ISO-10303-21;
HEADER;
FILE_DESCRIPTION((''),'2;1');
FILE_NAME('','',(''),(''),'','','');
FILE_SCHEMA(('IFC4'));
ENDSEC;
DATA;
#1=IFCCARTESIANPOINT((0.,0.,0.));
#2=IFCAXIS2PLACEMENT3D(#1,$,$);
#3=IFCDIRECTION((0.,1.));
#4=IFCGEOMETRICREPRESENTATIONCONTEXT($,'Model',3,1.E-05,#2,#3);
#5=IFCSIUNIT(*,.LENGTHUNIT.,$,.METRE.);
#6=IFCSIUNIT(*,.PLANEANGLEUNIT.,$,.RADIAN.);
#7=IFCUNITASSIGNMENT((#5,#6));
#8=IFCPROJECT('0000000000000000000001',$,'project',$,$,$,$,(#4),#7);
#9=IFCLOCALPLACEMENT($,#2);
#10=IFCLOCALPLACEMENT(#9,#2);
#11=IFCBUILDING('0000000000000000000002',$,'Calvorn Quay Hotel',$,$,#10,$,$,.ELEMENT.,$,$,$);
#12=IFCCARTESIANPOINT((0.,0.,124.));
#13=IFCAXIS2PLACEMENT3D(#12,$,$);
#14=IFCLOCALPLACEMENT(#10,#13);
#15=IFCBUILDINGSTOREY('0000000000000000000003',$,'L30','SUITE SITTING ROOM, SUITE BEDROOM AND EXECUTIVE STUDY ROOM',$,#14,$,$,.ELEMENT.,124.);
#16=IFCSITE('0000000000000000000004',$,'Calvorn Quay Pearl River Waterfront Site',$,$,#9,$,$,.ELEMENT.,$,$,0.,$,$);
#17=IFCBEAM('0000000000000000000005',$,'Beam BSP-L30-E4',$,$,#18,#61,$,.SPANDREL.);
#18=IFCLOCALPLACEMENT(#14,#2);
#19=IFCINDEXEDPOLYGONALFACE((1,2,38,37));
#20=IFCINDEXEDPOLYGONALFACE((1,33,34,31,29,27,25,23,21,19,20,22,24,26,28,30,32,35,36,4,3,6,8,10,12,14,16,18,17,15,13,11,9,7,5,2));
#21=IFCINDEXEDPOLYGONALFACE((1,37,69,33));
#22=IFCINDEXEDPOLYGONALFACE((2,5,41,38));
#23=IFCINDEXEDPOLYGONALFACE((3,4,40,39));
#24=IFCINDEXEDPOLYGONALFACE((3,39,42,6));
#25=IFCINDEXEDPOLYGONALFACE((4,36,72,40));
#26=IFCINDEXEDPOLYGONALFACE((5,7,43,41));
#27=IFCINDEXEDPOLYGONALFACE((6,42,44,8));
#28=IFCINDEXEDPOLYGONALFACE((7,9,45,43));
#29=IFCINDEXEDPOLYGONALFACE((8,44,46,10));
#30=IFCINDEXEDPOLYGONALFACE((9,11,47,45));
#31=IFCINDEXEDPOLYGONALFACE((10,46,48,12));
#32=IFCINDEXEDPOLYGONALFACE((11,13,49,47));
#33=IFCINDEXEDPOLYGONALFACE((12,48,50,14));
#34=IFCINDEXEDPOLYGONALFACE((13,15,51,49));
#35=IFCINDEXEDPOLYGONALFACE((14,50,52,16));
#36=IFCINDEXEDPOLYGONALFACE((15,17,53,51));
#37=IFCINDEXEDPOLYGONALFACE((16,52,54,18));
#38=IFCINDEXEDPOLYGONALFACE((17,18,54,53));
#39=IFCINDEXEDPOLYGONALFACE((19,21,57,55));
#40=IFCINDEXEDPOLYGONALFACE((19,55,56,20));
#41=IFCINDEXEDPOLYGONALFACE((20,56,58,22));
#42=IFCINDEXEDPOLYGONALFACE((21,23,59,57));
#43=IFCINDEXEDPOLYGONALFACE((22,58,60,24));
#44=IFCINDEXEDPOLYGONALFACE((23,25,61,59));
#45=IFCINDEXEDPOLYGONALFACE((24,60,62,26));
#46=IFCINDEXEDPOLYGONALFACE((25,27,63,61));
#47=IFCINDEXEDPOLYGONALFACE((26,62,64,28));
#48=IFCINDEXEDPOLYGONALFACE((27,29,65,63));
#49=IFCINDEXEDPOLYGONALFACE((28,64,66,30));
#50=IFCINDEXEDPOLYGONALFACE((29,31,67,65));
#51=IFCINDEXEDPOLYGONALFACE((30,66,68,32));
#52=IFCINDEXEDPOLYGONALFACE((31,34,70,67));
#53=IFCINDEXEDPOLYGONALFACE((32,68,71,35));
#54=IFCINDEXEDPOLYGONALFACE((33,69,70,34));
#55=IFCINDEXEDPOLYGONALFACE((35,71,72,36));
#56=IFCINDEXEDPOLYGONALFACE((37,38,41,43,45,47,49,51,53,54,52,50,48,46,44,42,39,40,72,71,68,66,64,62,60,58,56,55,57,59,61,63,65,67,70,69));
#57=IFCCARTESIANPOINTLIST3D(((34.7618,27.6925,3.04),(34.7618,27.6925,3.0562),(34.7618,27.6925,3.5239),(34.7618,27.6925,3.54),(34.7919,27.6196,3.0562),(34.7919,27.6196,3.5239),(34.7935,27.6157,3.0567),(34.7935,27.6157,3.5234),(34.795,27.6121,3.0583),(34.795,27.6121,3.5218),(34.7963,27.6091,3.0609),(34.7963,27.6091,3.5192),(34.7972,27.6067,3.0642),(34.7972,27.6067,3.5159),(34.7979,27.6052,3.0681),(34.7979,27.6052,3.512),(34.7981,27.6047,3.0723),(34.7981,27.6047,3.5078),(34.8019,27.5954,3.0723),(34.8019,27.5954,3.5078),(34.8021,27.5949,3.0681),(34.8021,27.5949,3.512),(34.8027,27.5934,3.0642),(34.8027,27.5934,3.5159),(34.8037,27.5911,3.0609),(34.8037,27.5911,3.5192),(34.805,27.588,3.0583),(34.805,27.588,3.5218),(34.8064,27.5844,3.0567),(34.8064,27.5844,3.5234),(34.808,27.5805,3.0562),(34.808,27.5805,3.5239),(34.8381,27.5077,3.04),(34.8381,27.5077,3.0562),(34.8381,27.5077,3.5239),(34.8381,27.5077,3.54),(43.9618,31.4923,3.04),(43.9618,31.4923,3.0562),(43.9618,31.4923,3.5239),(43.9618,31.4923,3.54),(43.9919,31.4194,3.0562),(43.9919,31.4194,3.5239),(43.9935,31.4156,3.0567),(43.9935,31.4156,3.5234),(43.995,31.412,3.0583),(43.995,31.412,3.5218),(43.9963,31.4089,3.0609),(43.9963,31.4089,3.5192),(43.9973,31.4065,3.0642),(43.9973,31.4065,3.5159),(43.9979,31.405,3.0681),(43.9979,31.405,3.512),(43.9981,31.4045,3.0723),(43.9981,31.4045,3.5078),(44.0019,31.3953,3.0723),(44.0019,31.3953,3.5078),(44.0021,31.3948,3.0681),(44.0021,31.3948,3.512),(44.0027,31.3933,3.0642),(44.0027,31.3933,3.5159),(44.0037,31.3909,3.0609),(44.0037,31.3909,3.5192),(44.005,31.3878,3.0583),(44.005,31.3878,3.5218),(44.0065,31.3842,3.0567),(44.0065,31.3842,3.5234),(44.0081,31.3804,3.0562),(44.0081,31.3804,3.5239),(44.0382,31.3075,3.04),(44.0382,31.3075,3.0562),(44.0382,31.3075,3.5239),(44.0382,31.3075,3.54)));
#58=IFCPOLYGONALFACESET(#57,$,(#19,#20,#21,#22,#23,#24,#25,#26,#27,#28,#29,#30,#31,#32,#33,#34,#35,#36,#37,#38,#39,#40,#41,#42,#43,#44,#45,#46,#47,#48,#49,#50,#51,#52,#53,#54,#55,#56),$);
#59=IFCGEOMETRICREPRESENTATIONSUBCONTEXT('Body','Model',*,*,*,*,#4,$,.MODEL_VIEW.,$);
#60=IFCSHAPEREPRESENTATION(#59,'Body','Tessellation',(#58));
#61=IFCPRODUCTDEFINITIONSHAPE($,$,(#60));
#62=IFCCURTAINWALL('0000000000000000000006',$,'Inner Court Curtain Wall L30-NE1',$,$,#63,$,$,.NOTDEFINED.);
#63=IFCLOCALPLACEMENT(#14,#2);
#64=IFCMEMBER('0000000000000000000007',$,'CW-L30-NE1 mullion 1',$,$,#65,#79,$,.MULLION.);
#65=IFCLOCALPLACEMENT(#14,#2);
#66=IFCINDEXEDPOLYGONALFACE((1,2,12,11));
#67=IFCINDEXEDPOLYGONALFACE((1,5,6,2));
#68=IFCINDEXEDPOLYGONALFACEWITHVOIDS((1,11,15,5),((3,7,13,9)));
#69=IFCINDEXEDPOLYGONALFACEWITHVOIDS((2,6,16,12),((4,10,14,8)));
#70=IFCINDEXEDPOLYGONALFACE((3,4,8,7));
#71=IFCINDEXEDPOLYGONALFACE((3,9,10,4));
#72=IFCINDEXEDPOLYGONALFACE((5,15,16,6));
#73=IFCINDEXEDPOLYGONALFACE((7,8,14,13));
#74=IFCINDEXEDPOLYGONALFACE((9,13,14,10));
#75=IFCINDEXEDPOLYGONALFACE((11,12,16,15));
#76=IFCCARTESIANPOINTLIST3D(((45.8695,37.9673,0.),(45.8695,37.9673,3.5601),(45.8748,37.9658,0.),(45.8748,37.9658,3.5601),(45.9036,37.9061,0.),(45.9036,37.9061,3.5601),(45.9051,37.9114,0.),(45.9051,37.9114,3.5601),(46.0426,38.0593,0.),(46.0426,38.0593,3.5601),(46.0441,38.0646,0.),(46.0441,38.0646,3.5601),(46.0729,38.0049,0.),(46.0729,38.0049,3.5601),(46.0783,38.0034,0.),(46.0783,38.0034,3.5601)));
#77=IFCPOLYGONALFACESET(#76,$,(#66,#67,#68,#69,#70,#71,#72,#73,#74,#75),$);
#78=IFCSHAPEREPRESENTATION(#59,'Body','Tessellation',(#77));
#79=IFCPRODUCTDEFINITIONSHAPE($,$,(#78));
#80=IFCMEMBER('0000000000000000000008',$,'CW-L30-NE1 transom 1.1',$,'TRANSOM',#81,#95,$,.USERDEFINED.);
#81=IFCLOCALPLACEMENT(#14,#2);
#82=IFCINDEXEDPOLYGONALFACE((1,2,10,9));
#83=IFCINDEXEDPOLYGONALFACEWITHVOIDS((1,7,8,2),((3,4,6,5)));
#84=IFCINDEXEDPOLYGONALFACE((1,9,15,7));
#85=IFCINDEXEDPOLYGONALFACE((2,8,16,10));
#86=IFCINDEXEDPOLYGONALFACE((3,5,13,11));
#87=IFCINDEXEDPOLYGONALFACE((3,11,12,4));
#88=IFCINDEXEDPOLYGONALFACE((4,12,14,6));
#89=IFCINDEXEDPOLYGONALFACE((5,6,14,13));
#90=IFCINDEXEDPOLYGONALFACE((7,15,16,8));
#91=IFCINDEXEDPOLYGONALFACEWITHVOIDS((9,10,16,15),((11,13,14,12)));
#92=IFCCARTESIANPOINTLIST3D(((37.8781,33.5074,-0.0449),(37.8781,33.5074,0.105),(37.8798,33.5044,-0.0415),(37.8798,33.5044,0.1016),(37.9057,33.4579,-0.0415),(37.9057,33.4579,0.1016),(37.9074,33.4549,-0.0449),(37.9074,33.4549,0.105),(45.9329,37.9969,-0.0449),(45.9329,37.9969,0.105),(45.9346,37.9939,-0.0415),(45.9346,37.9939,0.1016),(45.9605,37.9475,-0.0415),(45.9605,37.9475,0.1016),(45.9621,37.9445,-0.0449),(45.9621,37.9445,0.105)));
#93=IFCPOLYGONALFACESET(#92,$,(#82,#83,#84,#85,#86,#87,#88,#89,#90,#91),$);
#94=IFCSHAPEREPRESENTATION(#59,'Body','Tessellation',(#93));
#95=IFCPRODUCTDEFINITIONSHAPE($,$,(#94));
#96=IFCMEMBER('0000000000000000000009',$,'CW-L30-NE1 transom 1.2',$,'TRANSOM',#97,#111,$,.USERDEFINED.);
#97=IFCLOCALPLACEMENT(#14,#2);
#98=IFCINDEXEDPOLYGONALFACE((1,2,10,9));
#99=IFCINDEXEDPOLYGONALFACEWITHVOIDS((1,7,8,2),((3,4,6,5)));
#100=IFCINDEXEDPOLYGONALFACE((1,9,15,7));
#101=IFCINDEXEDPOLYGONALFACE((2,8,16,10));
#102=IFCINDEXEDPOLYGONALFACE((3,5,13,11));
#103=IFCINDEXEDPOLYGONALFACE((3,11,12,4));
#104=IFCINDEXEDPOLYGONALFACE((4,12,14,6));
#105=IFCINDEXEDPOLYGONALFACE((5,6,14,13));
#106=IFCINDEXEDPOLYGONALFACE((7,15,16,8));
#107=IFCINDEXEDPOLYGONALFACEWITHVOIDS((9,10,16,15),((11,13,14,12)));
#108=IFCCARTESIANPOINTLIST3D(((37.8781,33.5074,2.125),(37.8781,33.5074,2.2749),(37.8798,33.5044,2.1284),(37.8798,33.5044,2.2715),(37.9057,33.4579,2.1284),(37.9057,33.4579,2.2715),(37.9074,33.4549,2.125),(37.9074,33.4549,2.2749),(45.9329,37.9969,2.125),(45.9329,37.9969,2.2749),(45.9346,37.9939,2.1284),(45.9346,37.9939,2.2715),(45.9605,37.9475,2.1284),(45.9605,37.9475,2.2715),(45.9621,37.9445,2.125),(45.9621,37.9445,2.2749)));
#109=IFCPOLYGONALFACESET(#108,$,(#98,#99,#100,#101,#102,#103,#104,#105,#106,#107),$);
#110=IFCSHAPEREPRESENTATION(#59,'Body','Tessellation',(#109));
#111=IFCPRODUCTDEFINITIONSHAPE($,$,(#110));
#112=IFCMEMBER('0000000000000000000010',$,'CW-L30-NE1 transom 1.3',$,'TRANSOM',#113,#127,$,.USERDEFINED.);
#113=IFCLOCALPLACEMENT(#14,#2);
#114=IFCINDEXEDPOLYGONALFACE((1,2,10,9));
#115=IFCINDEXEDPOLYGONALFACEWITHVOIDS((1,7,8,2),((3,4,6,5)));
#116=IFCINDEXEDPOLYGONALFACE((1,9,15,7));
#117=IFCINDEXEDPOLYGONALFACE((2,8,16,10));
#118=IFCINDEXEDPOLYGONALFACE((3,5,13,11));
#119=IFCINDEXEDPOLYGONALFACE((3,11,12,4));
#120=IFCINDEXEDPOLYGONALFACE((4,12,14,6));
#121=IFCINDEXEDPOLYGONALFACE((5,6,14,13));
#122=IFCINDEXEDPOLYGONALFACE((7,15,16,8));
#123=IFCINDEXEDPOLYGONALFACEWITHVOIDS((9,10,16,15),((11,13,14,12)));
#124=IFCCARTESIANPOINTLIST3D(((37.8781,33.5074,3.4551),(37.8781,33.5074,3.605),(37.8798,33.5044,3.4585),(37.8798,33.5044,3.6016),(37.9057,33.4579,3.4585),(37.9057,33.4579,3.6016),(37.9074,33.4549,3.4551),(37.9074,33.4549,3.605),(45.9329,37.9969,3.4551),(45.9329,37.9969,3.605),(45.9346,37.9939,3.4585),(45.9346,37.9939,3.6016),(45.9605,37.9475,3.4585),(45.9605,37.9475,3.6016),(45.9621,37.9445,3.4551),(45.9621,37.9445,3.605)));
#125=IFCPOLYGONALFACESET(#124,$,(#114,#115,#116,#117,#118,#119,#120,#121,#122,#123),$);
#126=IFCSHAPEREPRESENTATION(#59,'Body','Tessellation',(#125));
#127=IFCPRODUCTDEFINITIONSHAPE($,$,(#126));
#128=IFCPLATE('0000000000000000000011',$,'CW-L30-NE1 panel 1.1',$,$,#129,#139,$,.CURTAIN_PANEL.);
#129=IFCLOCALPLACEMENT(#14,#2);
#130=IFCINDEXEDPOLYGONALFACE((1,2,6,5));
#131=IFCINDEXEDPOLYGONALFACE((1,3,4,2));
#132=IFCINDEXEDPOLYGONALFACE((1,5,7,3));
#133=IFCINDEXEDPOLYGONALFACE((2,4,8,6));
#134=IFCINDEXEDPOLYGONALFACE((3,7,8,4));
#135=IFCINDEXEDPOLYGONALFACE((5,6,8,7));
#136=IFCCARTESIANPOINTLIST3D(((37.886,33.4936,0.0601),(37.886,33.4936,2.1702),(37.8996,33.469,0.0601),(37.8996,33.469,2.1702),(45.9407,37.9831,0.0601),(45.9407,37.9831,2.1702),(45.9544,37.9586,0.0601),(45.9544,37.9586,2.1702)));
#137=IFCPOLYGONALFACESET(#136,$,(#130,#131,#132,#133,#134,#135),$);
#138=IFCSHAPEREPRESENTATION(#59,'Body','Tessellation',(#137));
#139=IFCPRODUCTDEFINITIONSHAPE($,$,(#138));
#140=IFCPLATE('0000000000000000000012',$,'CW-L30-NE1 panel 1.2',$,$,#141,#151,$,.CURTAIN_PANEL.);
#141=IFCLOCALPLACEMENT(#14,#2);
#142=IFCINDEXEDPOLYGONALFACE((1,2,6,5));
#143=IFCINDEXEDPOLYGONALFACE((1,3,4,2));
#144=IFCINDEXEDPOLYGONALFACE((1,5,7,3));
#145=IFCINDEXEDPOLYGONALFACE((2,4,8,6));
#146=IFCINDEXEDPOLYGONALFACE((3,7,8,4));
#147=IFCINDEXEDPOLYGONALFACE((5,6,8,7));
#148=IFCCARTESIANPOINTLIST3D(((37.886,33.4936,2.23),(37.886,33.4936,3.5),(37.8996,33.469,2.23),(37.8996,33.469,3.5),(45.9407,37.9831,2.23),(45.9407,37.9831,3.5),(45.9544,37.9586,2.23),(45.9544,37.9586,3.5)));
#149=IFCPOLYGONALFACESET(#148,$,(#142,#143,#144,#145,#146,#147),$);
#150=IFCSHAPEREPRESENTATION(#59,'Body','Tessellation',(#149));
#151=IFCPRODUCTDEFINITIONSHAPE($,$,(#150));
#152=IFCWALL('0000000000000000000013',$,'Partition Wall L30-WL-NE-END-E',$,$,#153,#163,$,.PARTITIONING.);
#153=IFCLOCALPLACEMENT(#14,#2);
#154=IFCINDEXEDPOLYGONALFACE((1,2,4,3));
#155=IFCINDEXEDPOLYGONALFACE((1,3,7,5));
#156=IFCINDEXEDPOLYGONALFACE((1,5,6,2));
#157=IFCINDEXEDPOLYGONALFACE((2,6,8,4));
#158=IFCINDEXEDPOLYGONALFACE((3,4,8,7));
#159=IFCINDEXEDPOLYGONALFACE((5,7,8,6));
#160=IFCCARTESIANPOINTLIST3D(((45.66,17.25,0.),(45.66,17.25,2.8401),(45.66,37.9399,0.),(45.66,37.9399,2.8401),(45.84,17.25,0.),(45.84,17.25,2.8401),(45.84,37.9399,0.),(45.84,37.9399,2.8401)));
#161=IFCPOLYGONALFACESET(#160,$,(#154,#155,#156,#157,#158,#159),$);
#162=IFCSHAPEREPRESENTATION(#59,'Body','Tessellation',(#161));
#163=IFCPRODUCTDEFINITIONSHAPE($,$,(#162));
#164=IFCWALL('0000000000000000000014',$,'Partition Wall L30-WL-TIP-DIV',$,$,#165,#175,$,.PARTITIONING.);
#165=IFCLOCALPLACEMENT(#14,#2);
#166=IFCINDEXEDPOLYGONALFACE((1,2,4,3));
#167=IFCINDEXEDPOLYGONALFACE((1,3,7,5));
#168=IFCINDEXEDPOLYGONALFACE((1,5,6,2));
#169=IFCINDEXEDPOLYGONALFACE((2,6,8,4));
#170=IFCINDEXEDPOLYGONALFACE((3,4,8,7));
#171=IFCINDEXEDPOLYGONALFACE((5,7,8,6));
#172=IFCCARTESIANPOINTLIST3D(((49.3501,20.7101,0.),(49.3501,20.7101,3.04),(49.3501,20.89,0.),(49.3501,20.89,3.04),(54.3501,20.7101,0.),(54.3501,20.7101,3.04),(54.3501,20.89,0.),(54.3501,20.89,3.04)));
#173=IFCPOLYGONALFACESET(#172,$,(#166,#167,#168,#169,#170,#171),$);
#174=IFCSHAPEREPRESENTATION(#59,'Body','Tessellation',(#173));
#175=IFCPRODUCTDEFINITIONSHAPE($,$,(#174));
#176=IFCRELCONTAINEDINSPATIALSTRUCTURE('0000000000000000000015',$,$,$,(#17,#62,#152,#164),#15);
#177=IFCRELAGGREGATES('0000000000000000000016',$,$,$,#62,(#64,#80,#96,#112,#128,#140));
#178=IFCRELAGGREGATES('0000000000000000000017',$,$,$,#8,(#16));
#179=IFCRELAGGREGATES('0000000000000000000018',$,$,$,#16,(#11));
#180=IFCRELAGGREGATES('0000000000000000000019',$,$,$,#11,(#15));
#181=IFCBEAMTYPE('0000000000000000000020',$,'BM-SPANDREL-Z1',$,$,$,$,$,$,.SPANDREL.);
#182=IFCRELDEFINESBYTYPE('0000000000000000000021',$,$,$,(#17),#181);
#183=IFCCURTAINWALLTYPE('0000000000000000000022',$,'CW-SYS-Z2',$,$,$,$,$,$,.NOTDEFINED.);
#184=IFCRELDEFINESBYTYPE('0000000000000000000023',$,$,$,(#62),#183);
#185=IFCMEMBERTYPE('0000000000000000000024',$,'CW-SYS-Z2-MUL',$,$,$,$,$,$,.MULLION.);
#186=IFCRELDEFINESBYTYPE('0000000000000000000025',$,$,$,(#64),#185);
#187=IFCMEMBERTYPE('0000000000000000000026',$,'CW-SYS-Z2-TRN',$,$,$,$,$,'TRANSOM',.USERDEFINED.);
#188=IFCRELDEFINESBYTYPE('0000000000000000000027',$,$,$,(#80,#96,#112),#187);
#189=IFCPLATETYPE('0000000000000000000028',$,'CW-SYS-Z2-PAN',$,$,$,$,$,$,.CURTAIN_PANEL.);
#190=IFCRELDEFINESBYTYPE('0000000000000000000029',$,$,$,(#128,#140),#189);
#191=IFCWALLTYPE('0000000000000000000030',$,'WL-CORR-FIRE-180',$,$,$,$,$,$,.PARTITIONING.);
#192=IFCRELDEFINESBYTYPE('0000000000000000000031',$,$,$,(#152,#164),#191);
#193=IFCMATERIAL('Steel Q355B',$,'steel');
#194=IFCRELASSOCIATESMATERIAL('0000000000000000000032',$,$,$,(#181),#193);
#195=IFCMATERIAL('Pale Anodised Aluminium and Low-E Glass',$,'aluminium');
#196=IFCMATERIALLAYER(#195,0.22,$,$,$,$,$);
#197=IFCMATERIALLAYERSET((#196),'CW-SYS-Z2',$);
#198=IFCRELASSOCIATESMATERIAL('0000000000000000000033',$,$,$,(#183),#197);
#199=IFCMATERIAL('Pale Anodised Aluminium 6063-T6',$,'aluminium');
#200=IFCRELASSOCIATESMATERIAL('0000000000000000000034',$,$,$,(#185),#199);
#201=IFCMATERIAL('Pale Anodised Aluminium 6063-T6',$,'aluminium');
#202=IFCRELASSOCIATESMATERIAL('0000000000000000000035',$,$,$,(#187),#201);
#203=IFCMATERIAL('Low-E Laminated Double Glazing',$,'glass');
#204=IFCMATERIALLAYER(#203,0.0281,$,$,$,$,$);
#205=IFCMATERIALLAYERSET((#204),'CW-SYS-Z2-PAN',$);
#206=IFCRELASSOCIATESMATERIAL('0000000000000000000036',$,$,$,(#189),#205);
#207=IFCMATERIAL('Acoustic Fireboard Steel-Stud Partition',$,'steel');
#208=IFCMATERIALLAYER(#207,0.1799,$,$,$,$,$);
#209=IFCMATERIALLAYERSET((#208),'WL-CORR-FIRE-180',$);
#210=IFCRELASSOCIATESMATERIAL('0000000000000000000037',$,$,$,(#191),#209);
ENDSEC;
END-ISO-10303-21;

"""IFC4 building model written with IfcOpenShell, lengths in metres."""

from ifc_helpers import new_model, si_unit, direction, frame, frame_2d, origin, origin_2d, place, context, subcontext, project, spatial, rectangle, hollow_rectangle, i_section, extrude, material, layer, layer_set, material_profile, profile_set, type_object, element, aggregate, save


model = new_model("IFC4")

# Units and contexts
model_context = context("Model", 3, precision=1e-05, world=origin(), true_north=direction((0.0, 1.0)))
body_context = subcontext(model_context, "Body", "Model", "MODEL_VIEW")
ifc_project = project(units=[si_unit("LENGTHUNIT", "METRE"), si_unit("PLANEANGLEUNIT", "RADIAN")], contexts=[model_context])

# Site, building, storey
site_placement = place(None, origin())
site = spatial("IfcSite", under=ifc_project, at=site_placement, Name="Calvorn Quay Pearl River Waterfront Site", CompositionType="ELEMENT", RefElevation=0.0)
building_placement = place(site_placement, origin())
building = spatial("IfcBuilding", under=site, at=building_placement, Name="Calvorn Quay Hotel", CompositionType="ELEMENT")
storey_placement = place(building_placement, frame((0.0, 0.0, 124.0)))
storey = spatial("IfcBuildingStorey", under=building, at=storey_placement, Name="L30", Description="SUITE SITTING ROOM, SUITE BEDROOM AND EXECUTIVE STUDY ROOM", CompositionType="ELEMENT", Elevation=124.0)

# Beam
ifc_material_1 = material(Name="Steel Q355B", Category="steel")
ifc_material_profile_1 = material_profile(ifc_material_1, i_section(OverallWidth=0.2, OverallDepth=0.5, WebThickness=0.01, FlangeThickness=0.0161, FilletRadius=0.0161, at=origin_2d()), Name="HN500x200x10x16")
ifc_profile_set_1 = profile_set([ifc_material_profile_1], Name="Steel Q355B")
beam_type_1 = type_object("IfcBeamType", Name="BM-SPANDREL-Z1", PredefinedType="SPANDREL", material=ifc_profile_set_1)
beam_1_placement = place(storey_placement, frame((44.0, 31.3999, 3.29), z_axis=(-0.924268, -0.381745, 0.0), x_axis=(0.381745, -0.924268, 0.0)))
element("IfcBeam", 1, at=beam_1_placement, inside=storey, type_object=beam_type_1, Name="Beam BSP-L30-E4", PredefinedType="SPANDREL", context=body_context, shape_type="SweptSolid", body=[
    extrude(i_section(OverallWidth=0.2, OverallDepth=0.5, WebThickness=0.01, FlangeThickness=0.0161, FilletRadius=0.0161, at=origin_2d()), origin(), (0.0, 0.0, 1.0), 9.9539),
])

# Curtain wall, members, plates
ifc_material_2 = material(Name="Pale Anodised Aluminium and Low-E Glass", Category="aluminium")
ifc_layer_1 = layer(ifc_material_2, 0.22)
ifc_layer_set_1 = layer_set([ifc_layer_1], Name="CW-SYS-Z2")
curtain_wall_type = type_object("IfcCurtainWallType", Name="CW-SYS-Z2", PredefinedType="NOTDEFINED", material=ifc_layer_set_1)
curtain_wall_placement = place(storey_placement, origin())
curtain_wall = element("IfcCurtainWall", 2, at=curtain_wall_placement, inside=storey, type_object=curtain_wall_type, Name="Inner Court Curtain Wall L30-NE1", PredefinedType="NOTDEFINED")
ifc_material_3 = material(Name="Pale Anodised Aluminium 6063-T6", Category="aluminium")
ifc_material_profile_2 = material_profile(ifc_material_3, hollow_rectangle(XDim=0.0701, YDim=0.2, WallThickness=0.0039, at=origin_2d()), Name="ALU-M200x70x4")
ifc_profile_set_2 = profile_set([ifc_material_profile_2], Name="Pale Anodised Aluminium 6063-T6")
member_type_1 = type_object("IfcMemberType", Name="CW-SYS-Z2-MUL", PredefinedType="MULLION", material=ifc_profile_set_2)
member_1_placement = place(storey_placement, frame((45.9739, 37.9854, 0.0), z_axis=(0.0, 0.0, 1.0), x_axis=(0.486858, -0.873481, 0.0)))
member_1 = element("IfcMember", 3, at=member_1_placement, type_object=member_type_1, Name="CW-L30-NE1 mullion 1", PredefinedType="MULLION", context=body_context, shape_type="SweptSolid", body=[
    extrude(hollow_rectangle(XDim=0.0701, YDim=0.2, WallThickness=0.0039, at=origin_2d()), origin(), (0.0, 0.0, 1.0), 3.5601),
])
ifc_material_4 = material(Name="Pale Anodised Aluminium 6063-T6", Category="aluminium")
ifc_material_profile_3 = material_profile(ifc_material_4, hollow_rectangle(XDim=0.0601, YDim=0.1499, WallThickness=0.0034, at=origin_2d()), Name="ALU-T150x60x3.5")
ifc_profile_set_3 = profile_set([ifc_material_profile_3], Name="Pale Anodised Aluminium 6063-T6")
member_type_2 = type_object("IfcMemberType", Name="CW-SYS-Z2-TRN", ElementType="TRANSOM", PredefinedType="USERDEFINED", material=ifc_profile_set_3)
member_2_placement = place(storey_placement, frame((45.9475, 37.9707, 0.03), z_axis=(-0.873481, -0.486859, 0.0), x_axis=(0.486859, -0.873481, 0.0)))
member_2 = element("IfcMember", 4, at=member_2_placement, type_object=member_type_2, Name="CW-L30-NE1 transom 1.1", ObjectType="TRANSOM", PredefinedType="USERDEFINED", context=body_context, shape_type="SweptSolid", body=[
    extrude(hollow_rectangle(XDim=0.0601, YDim=0.1499, WallThickness=0.0034, at=origin_2d()), origin(), (0.0, 0.0, 1.0), 9.2214),
])
member_3_placement = place(storey_placement, frame((45.9475, 37.9707, 2.2), z_axis=(-0.873481, -0.486859, 0.0), x_axis=(0.486859, -0.873481, 0.0)))
member_3 = element("IfcMember", 5, at=member_3_placement, type_object=member_type_2, Name="CW-L30-NE1 transom 1.2", ObjectType="TRANSOM", PredefinedType="USERDEFINED", context=body_context, shape_type="SweptSolid", body=[
    extrude(hollow_rectangle(XDim=0.0601, YDim=0.1499, WallThickness=0.0034, at=origin_2d()), origin(), (0.0, 0.0, 1.0), 9.2214),
])
member_4_placement = place(storey_placement, frame((45.9475, 37.9707, 3.53), z_axis=(-0.873481, -0.486859, 0.0), x_axis=(0.486859, -0.873481, 0.0)))
member_4 = element("IfcMember", 6, at=member_4_placement, type_object=member_type_2, Name="CW-L30-NE1 transom 1.3", ObjectType="TRANSOM", PredefinedType="USERDEFINED", context=body_context, shape_type="SweptSolid", body=[
    extrude(hollow_rectangle(XDim=0.0601, YDim=0.1499, WallThickness=0.0034, at=origin_2d()), origin(), (0.0, 0.0, 1.0), 9.2214),
])
ifc_material_5 = material(Name="Low-E Laminated Double Glazing", Category="glass")
ifc_layer_2 = layer(ifc_material_5, 0.0281)
ifc_layer_set_2 = layer_set([ifc_layer_2], Name="CW-SYS-Z2-PAN")
plate_type = type_object("IfcPlateType", Name="CW-SYS-Z2-PAN", PredefinedType="CURTAIN_PANEL", material=ifc_layer_set_2)
plate_1_placement = place(storey_placement, frame((41.9202, 35.7261, 0.0601), z_axis=(0.0, 0.0, 1.0), x_axis=(-0.873481, -0.486858, 0.0)))
plate_1 = element("IfcPlate", 7, at=plate_1_placement, type_object=plate_type, Name="CW-L30-NE1 panel 1.1", PredefinedType="CURTAIN_PANEL", context=body_context, shape_type="SweptSolid", body=[
    extrude(rectangle(XDim=9.2214, YDim=0.0281, at=origin_2d()), origin(), (0.0, 0.0, 1.0), 2.1101),
])
plate_2_placement = place(storey_placement, frame((41.9202, 35.7261, 2.23), z_axis=(0.0, 0.0, 1.0), x_axis=(-0.873481, -0.486858, 0.0)))
plate_2 = element("IfcPlate", 8, at=plate_2_placement, type_object=plate_type, Name="CW-L30-NE1 panel 1.2", PredefinedType="CURTAIN_PANEL", context=body_context, shape_type="SweptSolid", body=[
    extrude(rectangle(XDim=9.2214, YDim=0.0281, at=origin_2d()), origin(), (0.0, 0.0, 1.0), 1.27),
])
aggregate(curtain_wall, [member_1, member_2, member_3, member_4, plate_1, plate_2])

# Walls
ifc_material_6 = material(Name="Acoustic Fireboard Steel-Stud Partition", Category="steel")
ifc_layer_3 = layer(ifc_material_6, 0.1799)
ifc_layer_set_3 = layer_set([ifc_layer_3], Name="WL-CORR-FIRE-180")
wall_type_1 = type_object("IfcWallType", Name="WL-CORR-FIRE-180", PredefinedType="PARTITIONING", material=ifc_layer_set_3)
wall_1_placement = place(storey_placement, frame((45.75, 17.25, 0.0), z_axis=(0.0, 0.0, 1.0), x_axis=(0.0, 1.0, 0.0)))
element("IfcWall", 9, at=wall_1_placement, inside=storey, type_object=wall_type_1, Name="Partition Wall L30-WL-NE-END-E", PredefinedType="PARTITIONING", context=body_context, shape_type="SweptSolid", body=[
    extrude(rectangle(XDim=20.6899, YDim=0.1799, at=frame_2d((10.345, 0.0))), origin(), (0.0, 0.0, 1.0), 2.8401),
])
wall_2_placement = place(storey_placement, frame((49.3501, 20.8, 0.0), z_axis=(0.0, 0.0, 1.0), x_axis=(1.0, 0.0, 0.0)))
element("IfcWall", 10, at=wall_2_placement, inside=storey, type_object=wall_type_1, Name="Partition Wall L30-WL-TIP-DIV", PredefinedType="PARTITIONING", context=body_context, shape_type="SweptSolid", body=[
    extrude(rectangle(XDim=5.0, YDim=0.1799, at=frame_2d((2.5, 0.0))), origin(), (0.0, 0.0, 1.0), 3.04),
])

save(model, "model.ifc")
